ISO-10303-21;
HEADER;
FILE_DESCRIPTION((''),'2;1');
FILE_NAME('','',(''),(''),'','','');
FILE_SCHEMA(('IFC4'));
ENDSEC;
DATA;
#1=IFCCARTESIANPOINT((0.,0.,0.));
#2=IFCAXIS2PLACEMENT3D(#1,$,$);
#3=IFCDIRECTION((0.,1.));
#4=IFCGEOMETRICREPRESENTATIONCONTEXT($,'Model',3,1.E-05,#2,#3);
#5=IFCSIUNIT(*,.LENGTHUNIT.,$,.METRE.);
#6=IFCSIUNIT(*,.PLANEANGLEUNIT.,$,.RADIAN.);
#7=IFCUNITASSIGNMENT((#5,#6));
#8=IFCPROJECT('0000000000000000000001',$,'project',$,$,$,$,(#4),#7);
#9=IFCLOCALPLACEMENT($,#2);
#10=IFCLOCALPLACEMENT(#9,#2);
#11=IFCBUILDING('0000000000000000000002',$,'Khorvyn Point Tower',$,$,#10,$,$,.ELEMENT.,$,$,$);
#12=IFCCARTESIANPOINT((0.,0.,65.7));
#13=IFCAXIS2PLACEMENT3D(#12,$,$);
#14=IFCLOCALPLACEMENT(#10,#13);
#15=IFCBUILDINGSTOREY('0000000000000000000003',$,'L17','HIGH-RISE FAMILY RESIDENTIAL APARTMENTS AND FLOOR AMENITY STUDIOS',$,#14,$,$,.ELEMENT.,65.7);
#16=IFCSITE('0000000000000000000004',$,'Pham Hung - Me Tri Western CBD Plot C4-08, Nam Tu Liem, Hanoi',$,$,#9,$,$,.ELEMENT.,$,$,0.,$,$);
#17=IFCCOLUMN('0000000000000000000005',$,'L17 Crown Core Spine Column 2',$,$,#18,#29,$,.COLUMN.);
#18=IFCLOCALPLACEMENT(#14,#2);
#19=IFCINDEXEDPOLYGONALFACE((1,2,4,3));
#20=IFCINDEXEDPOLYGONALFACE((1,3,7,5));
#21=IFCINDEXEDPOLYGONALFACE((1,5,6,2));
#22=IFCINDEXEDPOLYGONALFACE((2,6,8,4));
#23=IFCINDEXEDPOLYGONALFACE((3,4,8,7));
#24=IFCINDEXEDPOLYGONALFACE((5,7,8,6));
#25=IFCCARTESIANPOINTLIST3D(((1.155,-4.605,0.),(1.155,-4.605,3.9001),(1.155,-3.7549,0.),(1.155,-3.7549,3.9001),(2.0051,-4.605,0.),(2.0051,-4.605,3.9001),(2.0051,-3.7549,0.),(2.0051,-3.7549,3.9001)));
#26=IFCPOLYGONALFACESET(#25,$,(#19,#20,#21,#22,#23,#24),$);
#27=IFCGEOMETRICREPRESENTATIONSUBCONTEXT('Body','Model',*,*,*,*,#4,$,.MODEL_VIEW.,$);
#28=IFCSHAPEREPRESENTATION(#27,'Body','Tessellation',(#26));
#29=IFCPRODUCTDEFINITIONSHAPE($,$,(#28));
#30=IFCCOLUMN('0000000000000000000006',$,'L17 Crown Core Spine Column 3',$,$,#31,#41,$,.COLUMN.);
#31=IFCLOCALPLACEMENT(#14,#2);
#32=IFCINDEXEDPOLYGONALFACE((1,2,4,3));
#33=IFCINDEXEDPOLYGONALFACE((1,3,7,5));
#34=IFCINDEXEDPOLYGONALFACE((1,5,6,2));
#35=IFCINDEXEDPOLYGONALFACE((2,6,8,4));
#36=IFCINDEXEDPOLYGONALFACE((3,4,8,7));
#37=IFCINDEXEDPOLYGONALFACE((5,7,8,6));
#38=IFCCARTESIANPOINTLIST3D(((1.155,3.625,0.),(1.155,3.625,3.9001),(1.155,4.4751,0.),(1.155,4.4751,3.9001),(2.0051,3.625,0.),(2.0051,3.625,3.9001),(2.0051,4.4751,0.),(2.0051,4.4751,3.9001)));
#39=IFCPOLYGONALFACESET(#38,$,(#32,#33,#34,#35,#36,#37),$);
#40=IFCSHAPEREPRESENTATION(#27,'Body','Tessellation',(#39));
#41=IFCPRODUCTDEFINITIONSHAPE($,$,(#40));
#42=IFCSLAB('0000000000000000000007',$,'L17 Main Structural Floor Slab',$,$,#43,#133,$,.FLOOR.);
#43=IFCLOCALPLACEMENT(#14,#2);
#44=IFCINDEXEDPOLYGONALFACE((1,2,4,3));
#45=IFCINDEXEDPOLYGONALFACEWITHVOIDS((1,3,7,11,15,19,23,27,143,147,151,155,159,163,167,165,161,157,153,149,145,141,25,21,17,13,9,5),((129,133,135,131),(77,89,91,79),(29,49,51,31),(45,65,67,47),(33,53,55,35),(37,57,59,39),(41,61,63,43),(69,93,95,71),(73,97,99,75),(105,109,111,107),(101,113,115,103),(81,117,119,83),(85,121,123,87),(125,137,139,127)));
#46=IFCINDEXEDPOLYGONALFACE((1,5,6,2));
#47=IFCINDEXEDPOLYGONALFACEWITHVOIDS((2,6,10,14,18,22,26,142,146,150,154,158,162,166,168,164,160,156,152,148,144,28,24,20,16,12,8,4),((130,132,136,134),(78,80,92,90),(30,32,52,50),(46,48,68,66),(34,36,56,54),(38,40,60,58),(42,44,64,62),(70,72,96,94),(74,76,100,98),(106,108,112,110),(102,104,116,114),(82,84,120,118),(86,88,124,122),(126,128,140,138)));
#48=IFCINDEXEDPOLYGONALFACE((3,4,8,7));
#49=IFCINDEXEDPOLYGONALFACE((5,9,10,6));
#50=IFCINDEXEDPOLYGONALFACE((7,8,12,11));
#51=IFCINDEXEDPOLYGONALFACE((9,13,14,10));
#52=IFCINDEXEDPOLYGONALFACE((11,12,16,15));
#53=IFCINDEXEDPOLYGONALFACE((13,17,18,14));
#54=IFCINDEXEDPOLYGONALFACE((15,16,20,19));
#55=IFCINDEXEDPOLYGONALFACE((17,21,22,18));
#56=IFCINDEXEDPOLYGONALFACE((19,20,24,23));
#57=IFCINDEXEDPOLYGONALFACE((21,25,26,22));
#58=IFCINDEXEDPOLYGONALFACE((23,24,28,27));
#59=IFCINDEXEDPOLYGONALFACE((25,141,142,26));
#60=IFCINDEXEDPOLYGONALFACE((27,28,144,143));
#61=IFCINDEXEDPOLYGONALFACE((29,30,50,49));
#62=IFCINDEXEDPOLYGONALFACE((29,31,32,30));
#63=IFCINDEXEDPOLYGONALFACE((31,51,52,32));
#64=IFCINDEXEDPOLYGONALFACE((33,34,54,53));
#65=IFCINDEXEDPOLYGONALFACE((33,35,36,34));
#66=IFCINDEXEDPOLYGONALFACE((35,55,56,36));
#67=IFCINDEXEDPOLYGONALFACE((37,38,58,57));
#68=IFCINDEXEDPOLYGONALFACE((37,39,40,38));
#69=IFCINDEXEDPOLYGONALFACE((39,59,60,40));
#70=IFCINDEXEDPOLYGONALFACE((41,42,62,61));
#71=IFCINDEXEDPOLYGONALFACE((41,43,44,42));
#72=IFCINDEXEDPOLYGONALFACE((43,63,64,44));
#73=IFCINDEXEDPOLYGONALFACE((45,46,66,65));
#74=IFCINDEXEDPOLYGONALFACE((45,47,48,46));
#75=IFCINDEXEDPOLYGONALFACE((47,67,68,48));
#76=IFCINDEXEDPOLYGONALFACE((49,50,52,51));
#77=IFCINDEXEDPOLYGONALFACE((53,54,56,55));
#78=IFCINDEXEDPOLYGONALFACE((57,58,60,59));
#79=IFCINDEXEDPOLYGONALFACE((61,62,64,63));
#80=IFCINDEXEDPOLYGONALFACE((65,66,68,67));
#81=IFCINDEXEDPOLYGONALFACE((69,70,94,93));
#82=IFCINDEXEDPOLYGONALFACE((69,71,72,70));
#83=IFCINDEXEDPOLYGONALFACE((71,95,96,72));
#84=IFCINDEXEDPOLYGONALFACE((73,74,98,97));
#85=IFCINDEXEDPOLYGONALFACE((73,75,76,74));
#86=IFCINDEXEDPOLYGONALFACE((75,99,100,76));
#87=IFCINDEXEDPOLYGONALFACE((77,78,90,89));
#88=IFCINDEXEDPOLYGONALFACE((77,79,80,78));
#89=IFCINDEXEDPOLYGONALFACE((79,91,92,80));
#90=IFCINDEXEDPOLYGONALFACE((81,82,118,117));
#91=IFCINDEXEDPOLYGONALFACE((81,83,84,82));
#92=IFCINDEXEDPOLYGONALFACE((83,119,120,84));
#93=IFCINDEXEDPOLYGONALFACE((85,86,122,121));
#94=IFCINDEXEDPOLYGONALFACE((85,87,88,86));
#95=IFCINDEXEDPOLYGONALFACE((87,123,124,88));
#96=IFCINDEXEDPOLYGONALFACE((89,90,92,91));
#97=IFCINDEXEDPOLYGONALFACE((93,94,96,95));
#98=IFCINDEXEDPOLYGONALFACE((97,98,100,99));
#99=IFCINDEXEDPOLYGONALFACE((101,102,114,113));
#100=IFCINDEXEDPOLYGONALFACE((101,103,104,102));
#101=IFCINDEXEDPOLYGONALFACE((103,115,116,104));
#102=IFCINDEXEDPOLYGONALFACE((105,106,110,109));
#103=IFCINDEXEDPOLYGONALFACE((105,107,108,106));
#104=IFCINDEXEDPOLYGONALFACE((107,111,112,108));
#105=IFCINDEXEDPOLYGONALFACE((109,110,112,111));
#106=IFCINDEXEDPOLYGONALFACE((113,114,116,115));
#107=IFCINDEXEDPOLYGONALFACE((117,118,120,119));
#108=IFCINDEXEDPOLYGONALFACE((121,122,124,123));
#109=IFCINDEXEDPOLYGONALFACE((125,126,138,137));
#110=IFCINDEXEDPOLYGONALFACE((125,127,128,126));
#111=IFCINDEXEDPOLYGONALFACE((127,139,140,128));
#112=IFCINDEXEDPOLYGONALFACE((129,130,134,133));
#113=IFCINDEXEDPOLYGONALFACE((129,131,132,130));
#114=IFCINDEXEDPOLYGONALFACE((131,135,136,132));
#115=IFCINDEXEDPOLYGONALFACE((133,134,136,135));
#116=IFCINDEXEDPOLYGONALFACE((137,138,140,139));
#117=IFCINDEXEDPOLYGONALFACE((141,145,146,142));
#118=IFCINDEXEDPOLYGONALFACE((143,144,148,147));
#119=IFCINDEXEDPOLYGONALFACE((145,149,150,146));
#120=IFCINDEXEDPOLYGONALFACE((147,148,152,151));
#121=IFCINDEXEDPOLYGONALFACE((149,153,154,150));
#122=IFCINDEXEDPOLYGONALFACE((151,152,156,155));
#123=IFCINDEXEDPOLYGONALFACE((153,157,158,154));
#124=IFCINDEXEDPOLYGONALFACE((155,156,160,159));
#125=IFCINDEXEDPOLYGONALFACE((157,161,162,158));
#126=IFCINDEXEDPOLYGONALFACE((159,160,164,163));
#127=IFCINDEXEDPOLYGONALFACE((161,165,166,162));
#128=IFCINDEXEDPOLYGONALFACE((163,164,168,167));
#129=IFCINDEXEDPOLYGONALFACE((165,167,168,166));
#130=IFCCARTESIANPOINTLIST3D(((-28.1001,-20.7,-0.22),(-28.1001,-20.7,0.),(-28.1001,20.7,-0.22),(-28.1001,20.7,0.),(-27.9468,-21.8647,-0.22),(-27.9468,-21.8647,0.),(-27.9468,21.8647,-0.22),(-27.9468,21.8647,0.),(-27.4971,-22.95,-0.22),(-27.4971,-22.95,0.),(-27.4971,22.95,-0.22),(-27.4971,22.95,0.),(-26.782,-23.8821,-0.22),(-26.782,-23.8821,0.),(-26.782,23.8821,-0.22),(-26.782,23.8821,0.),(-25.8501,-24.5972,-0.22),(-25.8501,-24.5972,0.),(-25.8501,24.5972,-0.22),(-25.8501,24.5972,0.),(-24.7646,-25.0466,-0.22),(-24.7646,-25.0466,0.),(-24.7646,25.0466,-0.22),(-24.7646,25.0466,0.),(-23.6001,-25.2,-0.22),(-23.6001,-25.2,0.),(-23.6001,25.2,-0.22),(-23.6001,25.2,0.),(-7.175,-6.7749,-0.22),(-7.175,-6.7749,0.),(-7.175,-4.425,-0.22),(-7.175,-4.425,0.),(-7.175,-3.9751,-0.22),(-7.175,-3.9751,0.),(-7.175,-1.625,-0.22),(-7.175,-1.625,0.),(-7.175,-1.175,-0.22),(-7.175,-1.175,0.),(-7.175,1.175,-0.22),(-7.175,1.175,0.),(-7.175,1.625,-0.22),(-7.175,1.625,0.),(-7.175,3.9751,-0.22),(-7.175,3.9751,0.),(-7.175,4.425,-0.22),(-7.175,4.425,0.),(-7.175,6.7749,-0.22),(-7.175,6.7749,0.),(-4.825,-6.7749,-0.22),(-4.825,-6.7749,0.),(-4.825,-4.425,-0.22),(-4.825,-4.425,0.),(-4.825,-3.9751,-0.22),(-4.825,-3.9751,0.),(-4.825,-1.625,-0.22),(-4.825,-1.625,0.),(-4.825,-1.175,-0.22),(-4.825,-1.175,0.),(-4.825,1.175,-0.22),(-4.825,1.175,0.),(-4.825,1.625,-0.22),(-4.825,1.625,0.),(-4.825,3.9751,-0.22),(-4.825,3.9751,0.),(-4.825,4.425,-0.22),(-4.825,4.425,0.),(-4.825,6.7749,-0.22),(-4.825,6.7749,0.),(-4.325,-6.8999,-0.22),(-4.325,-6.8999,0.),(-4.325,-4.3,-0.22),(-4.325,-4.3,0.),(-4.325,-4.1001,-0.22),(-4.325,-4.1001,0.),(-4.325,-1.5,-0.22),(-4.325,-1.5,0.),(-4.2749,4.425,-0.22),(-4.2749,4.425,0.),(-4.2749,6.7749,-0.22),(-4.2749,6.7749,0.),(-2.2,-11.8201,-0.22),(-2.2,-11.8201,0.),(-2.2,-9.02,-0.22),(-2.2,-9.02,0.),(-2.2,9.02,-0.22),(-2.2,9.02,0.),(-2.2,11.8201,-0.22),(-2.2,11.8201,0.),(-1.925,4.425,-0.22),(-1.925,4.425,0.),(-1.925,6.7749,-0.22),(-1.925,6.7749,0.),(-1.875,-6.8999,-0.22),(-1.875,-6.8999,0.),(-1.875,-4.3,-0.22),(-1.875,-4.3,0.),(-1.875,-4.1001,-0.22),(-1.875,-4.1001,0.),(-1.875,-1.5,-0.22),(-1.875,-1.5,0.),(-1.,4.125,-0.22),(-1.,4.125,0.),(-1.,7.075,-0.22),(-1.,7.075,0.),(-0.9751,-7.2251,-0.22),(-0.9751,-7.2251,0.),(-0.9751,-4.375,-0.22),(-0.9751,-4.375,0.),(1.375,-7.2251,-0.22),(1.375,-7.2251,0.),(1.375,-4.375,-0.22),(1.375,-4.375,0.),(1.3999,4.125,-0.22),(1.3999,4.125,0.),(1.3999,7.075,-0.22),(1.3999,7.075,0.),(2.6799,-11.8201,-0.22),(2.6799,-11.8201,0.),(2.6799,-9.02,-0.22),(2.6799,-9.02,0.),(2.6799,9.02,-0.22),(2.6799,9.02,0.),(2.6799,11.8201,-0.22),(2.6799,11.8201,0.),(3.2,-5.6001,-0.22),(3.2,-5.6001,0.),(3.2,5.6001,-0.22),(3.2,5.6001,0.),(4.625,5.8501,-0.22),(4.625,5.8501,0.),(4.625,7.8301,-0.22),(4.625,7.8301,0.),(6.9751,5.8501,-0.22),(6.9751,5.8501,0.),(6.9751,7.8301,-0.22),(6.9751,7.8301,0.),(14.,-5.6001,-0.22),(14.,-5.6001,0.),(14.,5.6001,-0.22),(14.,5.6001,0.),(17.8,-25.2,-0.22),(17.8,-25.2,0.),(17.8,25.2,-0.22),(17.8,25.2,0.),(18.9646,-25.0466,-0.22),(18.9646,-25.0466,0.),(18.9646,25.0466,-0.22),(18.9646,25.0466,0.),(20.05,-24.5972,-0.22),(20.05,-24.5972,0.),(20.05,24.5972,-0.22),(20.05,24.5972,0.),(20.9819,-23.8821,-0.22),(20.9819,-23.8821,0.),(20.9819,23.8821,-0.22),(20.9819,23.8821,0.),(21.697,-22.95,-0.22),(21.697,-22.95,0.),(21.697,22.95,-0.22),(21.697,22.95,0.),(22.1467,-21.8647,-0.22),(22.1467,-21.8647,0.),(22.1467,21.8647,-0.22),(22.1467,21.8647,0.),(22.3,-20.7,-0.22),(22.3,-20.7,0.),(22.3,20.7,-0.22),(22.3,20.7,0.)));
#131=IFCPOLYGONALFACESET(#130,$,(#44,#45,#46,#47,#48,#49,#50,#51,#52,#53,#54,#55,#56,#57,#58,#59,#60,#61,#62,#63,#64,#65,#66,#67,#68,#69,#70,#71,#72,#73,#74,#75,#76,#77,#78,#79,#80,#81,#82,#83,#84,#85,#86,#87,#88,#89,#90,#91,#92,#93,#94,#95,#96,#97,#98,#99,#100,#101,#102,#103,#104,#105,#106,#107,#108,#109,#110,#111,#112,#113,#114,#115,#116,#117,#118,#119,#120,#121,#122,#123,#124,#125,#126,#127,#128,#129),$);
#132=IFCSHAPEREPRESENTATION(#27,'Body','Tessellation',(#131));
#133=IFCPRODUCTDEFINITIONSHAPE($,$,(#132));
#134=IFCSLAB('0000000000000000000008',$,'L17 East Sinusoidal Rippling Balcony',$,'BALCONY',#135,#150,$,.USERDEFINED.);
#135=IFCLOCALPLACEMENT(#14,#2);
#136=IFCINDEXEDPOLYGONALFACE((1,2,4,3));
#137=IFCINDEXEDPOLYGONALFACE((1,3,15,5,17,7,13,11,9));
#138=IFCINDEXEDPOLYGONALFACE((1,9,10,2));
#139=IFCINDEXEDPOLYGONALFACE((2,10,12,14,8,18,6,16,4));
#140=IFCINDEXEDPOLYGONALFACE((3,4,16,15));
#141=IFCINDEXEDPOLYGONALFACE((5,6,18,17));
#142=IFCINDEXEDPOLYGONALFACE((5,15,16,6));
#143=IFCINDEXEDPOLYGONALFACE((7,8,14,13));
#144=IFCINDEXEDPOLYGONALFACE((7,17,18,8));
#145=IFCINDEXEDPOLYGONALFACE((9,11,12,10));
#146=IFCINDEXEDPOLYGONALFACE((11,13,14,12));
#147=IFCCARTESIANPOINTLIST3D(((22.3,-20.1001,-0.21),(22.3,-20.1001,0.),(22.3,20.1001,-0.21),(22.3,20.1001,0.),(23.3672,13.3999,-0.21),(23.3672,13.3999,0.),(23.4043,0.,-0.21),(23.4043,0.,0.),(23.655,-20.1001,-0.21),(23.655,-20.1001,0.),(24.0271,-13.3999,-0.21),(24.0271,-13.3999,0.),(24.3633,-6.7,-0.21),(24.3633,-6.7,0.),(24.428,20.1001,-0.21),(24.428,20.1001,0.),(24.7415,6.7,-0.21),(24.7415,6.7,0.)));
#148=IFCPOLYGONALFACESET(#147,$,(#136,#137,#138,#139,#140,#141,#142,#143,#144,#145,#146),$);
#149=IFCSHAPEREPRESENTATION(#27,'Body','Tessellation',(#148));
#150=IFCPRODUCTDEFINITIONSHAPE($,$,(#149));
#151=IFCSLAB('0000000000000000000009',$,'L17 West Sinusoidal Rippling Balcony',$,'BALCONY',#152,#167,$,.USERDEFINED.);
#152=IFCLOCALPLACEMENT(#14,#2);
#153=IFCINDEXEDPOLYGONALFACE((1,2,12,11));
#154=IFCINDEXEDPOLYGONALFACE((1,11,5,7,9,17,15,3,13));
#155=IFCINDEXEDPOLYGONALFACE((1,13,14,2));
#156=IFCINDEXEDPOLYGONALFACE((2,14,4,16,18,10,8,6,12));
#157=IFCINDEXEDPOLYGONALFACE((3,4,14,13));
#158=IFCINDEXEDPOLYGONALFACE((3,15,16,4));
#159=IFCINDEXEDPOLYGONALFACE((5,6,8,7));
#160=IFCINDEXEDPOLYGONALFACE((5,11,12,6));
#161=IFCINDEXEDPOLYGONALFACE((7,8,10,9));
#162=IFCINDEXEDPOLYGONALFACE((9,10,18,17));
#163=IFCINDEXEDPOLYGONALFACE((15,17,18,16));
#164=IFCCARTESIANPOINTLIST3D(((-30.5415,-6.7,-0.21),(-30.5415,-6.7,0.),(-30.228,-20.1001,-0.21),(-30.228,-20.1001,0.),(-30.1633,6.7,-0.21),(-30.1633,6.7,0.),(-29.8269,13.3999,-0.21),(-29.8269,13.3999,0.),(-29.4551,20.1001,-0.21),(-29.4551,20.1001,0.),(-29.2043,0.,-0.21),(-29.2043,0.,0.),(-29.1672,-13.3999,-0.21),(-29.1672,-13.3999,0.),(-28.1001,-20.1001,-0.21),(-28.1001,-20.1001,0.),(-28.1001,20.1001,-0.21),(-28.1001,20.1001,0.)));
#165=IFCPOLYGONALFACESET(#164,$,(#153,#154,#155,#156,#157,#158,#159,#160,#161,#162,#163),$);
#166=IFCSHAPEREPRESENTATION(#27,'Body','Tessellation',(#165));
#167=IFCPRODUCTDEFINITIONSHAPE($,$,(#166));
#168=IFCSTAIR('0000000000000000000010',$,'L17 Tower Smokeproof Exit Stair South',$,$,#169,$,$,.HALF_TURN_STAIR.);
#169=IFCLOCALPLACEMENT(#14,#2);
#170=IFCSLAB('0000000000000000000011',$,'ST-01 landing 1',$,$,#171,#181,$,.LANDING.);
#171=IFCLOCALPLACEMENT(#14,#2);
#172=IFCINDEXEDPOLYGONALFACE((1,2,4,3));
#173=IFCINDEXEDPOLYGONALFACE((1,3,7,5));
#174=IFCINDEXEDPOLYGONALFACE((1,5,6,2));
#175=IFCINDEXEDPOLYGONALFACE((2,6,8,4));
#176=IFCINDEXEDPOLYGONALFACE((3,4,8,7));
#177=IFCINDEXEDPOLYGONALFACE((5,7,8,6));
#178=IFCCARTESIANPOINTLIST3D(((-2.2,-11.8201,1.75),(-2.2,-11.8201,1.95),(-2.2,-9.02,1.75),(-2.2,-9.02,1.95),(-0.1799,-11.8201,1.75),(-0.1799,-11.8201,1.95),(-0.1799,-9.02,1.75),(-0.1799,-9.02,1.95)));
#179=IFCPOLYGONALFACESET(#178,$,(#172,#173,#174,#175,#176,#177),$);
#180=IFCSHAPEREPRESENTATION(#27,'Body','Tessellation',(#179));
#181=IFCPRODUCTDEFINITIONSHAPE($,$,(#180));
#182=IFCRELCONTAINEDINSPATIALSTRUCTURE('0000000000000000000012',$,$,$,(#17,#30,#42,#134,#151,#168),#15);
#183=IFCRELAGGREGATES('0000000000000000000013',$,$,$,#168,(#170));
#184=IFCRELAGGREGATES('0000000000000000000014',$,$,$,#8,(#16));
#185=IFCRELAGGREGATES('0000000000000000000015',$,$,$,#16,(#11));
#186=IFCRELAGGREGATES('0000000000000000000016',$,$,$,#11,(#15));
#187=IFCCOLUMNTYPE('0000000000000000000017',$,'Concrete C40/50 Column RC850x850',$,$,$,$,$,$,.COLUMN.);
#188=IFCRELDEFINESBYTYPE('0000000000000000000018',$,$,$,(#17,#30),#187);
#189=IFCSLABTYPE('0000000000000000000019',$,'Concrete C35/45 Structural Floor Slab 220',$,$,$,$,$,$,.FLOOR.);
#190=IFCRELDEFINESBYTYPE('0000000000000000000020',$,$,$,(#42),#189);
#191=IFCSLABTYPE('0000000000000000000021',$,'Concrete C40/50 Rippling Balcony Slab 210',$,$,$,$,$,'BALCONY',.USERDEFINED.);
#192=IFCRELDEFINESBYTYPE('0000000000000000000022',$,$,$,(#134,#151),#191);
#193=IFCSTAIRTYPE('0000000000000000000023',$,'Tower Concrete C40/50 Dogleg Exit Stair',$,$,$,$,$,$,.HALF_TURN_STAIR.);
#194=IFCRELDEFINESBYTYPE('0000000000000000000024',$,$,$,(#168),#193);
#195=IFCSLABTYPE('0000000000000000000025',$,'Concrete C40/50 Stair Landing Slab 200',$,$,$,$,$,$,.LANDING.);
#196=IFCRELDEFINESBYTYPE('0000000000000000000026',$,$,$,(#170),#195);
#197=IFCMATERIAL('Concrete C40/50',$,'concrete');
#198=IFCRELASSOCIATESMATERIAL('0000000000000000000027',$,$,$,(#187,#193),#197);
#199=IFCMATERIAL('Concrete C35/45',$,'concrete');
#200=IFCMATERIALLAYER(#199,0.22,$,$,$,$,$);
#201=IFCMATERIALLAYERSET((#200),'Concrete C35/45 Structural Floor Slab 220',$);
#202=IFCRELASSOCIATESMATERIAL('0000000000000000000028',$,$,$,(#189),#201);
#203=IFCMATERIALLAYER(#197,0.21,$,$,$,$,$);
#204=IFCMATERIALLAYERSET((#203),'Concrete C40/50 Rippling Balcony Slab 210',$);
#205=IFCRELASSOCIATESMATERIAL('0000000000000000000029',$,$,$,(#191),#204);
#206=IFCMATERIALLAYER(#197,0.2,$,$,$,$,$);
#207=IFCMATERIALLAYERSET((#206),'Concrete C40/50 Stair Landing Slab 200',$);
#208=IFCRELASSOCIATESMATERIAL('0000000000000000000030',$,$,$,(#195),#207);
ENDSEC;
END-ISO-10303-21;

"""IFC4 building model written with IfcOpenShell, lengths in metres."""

from ifc_helpers import new_model, si_unit, direction, frame, origin, origin_2d, place, context, subcontext, project, spatial, polyline, rectangle, outline, extrude, material, layer, layer_set, material_profile, profile_set, type_object, element, aggregate, save


model = new_model("IFC4")

# Units and contexts
model_context = context("Model", 3, precision=1e-05, world=origin(), true_north=direction((0.0, 1.0)))
body_context = subcontext(model_context, "Body", "Model", "MODEL_VIEW")
ifc_project = project(units=[si_unit("LENGTHUNIT", "METRE"), si_unit("PLANEANGLEUNIT", "RADIAN")], contexts=[model_context])

# Site, building, storey
site_placement = place(None, origin())
site = spatial("IfcSite", under=ifc_project, at=site_placement, Name="Pham Hung - Me Tri Western CBD Plot C4-08, Nam Tu Liem, Hanoi", CompositionType="ELEMENT", RefElevation=0.0)
building_placement = place(site_placement, origin())
building = spatial("IfcBuilding", under=site, at=building_placement, Name="Khorvyn Point Tower", CompositionType="ELEMENT")
storey_placement = place(building_placement, frame((0.0, 0.0, 65.7)))
storey = spatial("IfcBuildingStorey", under=building, at=storey_placement, Name="L17", Description="HIGH-RISE FAMILY RESIDENTIAL APARTMENTS AND FLOOR AMENITY STUDIOS", CompositionType="ELEMENT", Elevation=65.7)

# Columns
ifc_material_1 = material(Name="Concrete C40/50", Category="concrete")
ifc_material_profile = material_profile(ifc_material_1, rectangle(XDim=0.8501, YDim=0.8501, at=origin_2d()))
ifc_profile_set = profile_set([ifc_material_profile], Name="Concrete C40/50 RC850x850")
column_type = type_object("IfcColumnType", Name="Concrete C40/50 Column RC850x850", PredefinedType="COLUMN", material=ifc_profile_set)
for number, where, z_axis, x_axis, name in (
    (1, (1.5801, -4.1799, 0.0), (0.0, 0.0, 1.0), (1.0, 0.0, 0.0), "L17 Crown Core Spine Column 2"),
    (2, (1.5801, 4.05, 0.0), (0.0, 0.0, 1.0), (1.0, 0.0, 0.0), "L17 Crown Core Spine Column 3"),
):
    element("IfcColumn", number, at=place(storey_placement, frame(where, z_axis=z_axis, x_axis=x_axis)), inside=storey, type_object=column_type, Name=name, PredefinedType="COLUMN", context=body_context, shape_type="SweptSolid", body=[
        extrude(rectangle(XDim=0.8501, YDim=0.8501, at=origin_2d()), origin(), (0.0, 0.0, 1.0), 3.9001),
    ])

# Slabs
ifc_material_2 = material(Name="Concrete C35/45", Category="concrete")
ifc_layer_1 = layer(ifc_material_2, 0.22)
ifc_layer_set_1 = layer_set([ifc_layer_1], Name="Concrete C35/45 Structural Floor Slab 220")
slab_type_1 = type_object("IfcSlabType", Name="Concrete C35/45 Structural Floor Slab 220", PredefinedType="FLOOR", material=ifc_layer_set_1)
slab_1_placement = place(storey_placement, frame((0.0, 0.0, -0.22)))
element("IfcSlab", 3, at=slab_1_placement, inside=storey, type_object=slab_type_1, Name="L17 Main Structural Floor Slab", PredefinedType="FLOOR", context=body_context, shape_type="SweptSolid", body=[
    extrude(outline(polyline([(-23.6001, -25.2), (-24.7646, -25.0466), (-25.8501, -24.5972), (-26.782, -23.8821), (-27.4971, -22.95), (-27.9468, -21.8647), (-28.1001, -20.7), (-28.1001, 20.7), (-27.9468, 21.8647), (-27.4971, 22.95), (-26.782, 23.8821), (-25.8501, 24.5972), (-24.7646, 25.0466), (-23.6001, 25.2), (17.8, 25.2), (18.9646, 25.0466), (20.05, 24.5972), (20.9819, 23.8821), (21.697, 22.95), (22.1467, 21.8647), (22.3, 20.7), (22.3, -20.7), (22.1467, -21.8647), (21.697, -22.95), (20.9819, -23.8821), (20.05, -24.5972), (18.9646, -25.0466), (17.8, -25.2), (-23.6001, -25.2)]), holes=[polyline([(-4.825, -6.7749), (-4.825, -4.425), (-7.175, -4.425), (-7.175, -6.7749), (-4.825, -6.7749)]), polyline([(-4.325, -6.8999), (-1.875, -6.8999), (-1.875, -4.3), (-4.325, -4.3), (-4.325, -6.8999)]), polyline([(-7.175, -3.9751), (-4.825, -3.9751), (-4.825, -1.625), (-7.175, -1.625), (-7.175, -3.9751)]), polyline([(-7.175, -1.175), (-4.825, -1.175), (-4.825, 1.175), (-7.175, 1.175), (-7.175, -1.175)]), polyline([(-7.175, 1.625), (-4.825, 1.625), (-4.825, 3.9751), (-7.175, 3.9751), (-7.175, 1.625)]), polyline([(-7.175, 4.425), (-4.825, 4.425), (-4.825, 6.7749), (-7.175, 6.7749), (-7.175, 4.425)]), polyline([(-4.2749, 4.425), (-1.925, 4.425), (-1.925, 6.7749), (-4.2749, 6.7749), (-4.2749, 4.425)]), polyline([(2.6799, -11.8201), (2.6799, -9.02), (-2.2, -9.02), (-2.2, -11.8201), (2.6799, -11.8201)]), polyline([(-0.9751, -7.2251), (1.375, -7.2251), (1.375, -4.375), (-0.9751, -4.375), (-0.9751, -7.2251)]), polyline([(-4.325, -4.1001), (-1.875, -4.1001), (-1.875, -1.5), (-4.325, -1.5), (-4.325, -4.1001)]), polyline([(3.2, -5.6001), (14.0, -5.6001), (14.0, 5.6001), (3.2, 5.6001), (3.2, -5.6001)]), polyline([(-1.0, 4.125), (1.3999, 4.125), (1.3999, 7.075), (-1.0, 7.075), (-1.0, 4.125)]), polyline([(4.625, 5.8501), (6.9751, 5.8501), (6.9751, 7.8301), (4.625, 7.8301), (4.625, 5.8501)]), polyline([(-2.2, 9.02), (2.6799, 9.02), (2.6799, 11.8201), (-2.2, 11.8201), (-2.2, 9.02)])]), origin(), (0.0, 0.0, 1.0), 0.22),
])
ifc_layer_2 = layer(ifc_material_1, 0.21)
ifc_layer_set_2 = layer_set([ifc_layer_2], Name="Concrete C40/50 Rippling Balcony Slab 210")
slab_type_2 = type_object("IfcSlabType", Name="Concrete C40/50 Rippling Balcony Slab 210", ElementType="BALCONY", PredefinedType="USERDEFINED", material=ifc_layer_set_2)
slab_2_placement = place(storey_placement, frame((0.0, 0.0, -0.21)))
element("IfcSlab", 4, at=slab_2_placement, inside=storey, type_object=slab_type_2, Name="L17 East Sinusoidal Rippling Balcony", ObjectType="BALCONY", PredefinedType="USERDEFINED", context=body_context, shape_type="SweptSolid", body=[
    extrude(outline(polyline([(22.3, -20.1001), (23.655, -20.1001), (24.0271, -13.3999), (24.3633, -6.7), (23.4043, 0.0), (24.7415, 6.7), (23.3672, 13.3999), (24.428, 20.1001), (22.3, 20.1001), (22.3, -20.1001)])), origin(), (0.0, 0.0, 1.0), 0.21),
])
slab_3_placement = place(storey_placement, frame((0.0, 0.0, -0.21)))
element("IfcSlab", 5, at=slab_3_placement, inside=storey, type_object=slab_type_2, Name="L17 West Sinusoidal Rippling Balcony", ObjectType="BALCONY", PredefinedType="USERDEFINED", context=body_context, shape_type="SweptSolid", body=[
    extrude(outline(polyline([(-28.1001, 20.1001), (-29.4551, 20.1001), (-29.8269, 13.3999), (-30.1633, 6.7), (-29.2043, 0.0), (-30.5415, -6.7), (-29.1672, -13.3999), (-30.228, -20.1001), (-28.1001, -20.1001), (-28.1001, 20.1001)])), origin(), (0.0, 0.0, 1.0), 0.21),
])

# Stair, slab
stair_type = type_object("IfcStairType", Name="Tower Concrete C40/50 Dogleg Exit Stair", PredefinedType="HALF_TURN_STAIR", material=ifc_material_1)
stair_1_placement = place(storey_placement, origin())
stair_1 = element("IfcStair", 6, at=stair_1_placement, inside=storey, type_object=stair_type, Name="L17 Tower Smokeproof Exit Stair South", PredefinedType="HALF_TURN_STAIR")
ifc_layer_3 = layer(ifc_material_1, 0.2)
ifc_layer_set_3 = layer_set([ifc_layer_3], Name="Concrete C40/50 Stair Landing Slab 200")
slab_type_3 = type_object("IfcSlabType", Name="Concrete C40/50 Stair Landing Slab 200", PredefinedType="LANDING", material=ifc_layer_set_3)
slab_4_placement = place(storey_placement, frame((0.0, 0.0, 1.75)))
slab_4 = element("IfcSlab", 7, at=slab_4_placement, type_object=slab_type_3, Name="ST-01 landing 1", PredefinedType="LANDING", context=body_context, shape_type="SweptSolid", body=[
    extrude(outline(polyline([(-0.1799, -9.02), (-2.2, -9.02), (-2.2, -11.8201), (-0.1799, -11.8201), (-0.1799, -9.02)])), origin(), (0.0, 0.0, 1.0), 0.2),
])
aggregate(stair_1, [slab_4])

save(model, "model.ifc")
